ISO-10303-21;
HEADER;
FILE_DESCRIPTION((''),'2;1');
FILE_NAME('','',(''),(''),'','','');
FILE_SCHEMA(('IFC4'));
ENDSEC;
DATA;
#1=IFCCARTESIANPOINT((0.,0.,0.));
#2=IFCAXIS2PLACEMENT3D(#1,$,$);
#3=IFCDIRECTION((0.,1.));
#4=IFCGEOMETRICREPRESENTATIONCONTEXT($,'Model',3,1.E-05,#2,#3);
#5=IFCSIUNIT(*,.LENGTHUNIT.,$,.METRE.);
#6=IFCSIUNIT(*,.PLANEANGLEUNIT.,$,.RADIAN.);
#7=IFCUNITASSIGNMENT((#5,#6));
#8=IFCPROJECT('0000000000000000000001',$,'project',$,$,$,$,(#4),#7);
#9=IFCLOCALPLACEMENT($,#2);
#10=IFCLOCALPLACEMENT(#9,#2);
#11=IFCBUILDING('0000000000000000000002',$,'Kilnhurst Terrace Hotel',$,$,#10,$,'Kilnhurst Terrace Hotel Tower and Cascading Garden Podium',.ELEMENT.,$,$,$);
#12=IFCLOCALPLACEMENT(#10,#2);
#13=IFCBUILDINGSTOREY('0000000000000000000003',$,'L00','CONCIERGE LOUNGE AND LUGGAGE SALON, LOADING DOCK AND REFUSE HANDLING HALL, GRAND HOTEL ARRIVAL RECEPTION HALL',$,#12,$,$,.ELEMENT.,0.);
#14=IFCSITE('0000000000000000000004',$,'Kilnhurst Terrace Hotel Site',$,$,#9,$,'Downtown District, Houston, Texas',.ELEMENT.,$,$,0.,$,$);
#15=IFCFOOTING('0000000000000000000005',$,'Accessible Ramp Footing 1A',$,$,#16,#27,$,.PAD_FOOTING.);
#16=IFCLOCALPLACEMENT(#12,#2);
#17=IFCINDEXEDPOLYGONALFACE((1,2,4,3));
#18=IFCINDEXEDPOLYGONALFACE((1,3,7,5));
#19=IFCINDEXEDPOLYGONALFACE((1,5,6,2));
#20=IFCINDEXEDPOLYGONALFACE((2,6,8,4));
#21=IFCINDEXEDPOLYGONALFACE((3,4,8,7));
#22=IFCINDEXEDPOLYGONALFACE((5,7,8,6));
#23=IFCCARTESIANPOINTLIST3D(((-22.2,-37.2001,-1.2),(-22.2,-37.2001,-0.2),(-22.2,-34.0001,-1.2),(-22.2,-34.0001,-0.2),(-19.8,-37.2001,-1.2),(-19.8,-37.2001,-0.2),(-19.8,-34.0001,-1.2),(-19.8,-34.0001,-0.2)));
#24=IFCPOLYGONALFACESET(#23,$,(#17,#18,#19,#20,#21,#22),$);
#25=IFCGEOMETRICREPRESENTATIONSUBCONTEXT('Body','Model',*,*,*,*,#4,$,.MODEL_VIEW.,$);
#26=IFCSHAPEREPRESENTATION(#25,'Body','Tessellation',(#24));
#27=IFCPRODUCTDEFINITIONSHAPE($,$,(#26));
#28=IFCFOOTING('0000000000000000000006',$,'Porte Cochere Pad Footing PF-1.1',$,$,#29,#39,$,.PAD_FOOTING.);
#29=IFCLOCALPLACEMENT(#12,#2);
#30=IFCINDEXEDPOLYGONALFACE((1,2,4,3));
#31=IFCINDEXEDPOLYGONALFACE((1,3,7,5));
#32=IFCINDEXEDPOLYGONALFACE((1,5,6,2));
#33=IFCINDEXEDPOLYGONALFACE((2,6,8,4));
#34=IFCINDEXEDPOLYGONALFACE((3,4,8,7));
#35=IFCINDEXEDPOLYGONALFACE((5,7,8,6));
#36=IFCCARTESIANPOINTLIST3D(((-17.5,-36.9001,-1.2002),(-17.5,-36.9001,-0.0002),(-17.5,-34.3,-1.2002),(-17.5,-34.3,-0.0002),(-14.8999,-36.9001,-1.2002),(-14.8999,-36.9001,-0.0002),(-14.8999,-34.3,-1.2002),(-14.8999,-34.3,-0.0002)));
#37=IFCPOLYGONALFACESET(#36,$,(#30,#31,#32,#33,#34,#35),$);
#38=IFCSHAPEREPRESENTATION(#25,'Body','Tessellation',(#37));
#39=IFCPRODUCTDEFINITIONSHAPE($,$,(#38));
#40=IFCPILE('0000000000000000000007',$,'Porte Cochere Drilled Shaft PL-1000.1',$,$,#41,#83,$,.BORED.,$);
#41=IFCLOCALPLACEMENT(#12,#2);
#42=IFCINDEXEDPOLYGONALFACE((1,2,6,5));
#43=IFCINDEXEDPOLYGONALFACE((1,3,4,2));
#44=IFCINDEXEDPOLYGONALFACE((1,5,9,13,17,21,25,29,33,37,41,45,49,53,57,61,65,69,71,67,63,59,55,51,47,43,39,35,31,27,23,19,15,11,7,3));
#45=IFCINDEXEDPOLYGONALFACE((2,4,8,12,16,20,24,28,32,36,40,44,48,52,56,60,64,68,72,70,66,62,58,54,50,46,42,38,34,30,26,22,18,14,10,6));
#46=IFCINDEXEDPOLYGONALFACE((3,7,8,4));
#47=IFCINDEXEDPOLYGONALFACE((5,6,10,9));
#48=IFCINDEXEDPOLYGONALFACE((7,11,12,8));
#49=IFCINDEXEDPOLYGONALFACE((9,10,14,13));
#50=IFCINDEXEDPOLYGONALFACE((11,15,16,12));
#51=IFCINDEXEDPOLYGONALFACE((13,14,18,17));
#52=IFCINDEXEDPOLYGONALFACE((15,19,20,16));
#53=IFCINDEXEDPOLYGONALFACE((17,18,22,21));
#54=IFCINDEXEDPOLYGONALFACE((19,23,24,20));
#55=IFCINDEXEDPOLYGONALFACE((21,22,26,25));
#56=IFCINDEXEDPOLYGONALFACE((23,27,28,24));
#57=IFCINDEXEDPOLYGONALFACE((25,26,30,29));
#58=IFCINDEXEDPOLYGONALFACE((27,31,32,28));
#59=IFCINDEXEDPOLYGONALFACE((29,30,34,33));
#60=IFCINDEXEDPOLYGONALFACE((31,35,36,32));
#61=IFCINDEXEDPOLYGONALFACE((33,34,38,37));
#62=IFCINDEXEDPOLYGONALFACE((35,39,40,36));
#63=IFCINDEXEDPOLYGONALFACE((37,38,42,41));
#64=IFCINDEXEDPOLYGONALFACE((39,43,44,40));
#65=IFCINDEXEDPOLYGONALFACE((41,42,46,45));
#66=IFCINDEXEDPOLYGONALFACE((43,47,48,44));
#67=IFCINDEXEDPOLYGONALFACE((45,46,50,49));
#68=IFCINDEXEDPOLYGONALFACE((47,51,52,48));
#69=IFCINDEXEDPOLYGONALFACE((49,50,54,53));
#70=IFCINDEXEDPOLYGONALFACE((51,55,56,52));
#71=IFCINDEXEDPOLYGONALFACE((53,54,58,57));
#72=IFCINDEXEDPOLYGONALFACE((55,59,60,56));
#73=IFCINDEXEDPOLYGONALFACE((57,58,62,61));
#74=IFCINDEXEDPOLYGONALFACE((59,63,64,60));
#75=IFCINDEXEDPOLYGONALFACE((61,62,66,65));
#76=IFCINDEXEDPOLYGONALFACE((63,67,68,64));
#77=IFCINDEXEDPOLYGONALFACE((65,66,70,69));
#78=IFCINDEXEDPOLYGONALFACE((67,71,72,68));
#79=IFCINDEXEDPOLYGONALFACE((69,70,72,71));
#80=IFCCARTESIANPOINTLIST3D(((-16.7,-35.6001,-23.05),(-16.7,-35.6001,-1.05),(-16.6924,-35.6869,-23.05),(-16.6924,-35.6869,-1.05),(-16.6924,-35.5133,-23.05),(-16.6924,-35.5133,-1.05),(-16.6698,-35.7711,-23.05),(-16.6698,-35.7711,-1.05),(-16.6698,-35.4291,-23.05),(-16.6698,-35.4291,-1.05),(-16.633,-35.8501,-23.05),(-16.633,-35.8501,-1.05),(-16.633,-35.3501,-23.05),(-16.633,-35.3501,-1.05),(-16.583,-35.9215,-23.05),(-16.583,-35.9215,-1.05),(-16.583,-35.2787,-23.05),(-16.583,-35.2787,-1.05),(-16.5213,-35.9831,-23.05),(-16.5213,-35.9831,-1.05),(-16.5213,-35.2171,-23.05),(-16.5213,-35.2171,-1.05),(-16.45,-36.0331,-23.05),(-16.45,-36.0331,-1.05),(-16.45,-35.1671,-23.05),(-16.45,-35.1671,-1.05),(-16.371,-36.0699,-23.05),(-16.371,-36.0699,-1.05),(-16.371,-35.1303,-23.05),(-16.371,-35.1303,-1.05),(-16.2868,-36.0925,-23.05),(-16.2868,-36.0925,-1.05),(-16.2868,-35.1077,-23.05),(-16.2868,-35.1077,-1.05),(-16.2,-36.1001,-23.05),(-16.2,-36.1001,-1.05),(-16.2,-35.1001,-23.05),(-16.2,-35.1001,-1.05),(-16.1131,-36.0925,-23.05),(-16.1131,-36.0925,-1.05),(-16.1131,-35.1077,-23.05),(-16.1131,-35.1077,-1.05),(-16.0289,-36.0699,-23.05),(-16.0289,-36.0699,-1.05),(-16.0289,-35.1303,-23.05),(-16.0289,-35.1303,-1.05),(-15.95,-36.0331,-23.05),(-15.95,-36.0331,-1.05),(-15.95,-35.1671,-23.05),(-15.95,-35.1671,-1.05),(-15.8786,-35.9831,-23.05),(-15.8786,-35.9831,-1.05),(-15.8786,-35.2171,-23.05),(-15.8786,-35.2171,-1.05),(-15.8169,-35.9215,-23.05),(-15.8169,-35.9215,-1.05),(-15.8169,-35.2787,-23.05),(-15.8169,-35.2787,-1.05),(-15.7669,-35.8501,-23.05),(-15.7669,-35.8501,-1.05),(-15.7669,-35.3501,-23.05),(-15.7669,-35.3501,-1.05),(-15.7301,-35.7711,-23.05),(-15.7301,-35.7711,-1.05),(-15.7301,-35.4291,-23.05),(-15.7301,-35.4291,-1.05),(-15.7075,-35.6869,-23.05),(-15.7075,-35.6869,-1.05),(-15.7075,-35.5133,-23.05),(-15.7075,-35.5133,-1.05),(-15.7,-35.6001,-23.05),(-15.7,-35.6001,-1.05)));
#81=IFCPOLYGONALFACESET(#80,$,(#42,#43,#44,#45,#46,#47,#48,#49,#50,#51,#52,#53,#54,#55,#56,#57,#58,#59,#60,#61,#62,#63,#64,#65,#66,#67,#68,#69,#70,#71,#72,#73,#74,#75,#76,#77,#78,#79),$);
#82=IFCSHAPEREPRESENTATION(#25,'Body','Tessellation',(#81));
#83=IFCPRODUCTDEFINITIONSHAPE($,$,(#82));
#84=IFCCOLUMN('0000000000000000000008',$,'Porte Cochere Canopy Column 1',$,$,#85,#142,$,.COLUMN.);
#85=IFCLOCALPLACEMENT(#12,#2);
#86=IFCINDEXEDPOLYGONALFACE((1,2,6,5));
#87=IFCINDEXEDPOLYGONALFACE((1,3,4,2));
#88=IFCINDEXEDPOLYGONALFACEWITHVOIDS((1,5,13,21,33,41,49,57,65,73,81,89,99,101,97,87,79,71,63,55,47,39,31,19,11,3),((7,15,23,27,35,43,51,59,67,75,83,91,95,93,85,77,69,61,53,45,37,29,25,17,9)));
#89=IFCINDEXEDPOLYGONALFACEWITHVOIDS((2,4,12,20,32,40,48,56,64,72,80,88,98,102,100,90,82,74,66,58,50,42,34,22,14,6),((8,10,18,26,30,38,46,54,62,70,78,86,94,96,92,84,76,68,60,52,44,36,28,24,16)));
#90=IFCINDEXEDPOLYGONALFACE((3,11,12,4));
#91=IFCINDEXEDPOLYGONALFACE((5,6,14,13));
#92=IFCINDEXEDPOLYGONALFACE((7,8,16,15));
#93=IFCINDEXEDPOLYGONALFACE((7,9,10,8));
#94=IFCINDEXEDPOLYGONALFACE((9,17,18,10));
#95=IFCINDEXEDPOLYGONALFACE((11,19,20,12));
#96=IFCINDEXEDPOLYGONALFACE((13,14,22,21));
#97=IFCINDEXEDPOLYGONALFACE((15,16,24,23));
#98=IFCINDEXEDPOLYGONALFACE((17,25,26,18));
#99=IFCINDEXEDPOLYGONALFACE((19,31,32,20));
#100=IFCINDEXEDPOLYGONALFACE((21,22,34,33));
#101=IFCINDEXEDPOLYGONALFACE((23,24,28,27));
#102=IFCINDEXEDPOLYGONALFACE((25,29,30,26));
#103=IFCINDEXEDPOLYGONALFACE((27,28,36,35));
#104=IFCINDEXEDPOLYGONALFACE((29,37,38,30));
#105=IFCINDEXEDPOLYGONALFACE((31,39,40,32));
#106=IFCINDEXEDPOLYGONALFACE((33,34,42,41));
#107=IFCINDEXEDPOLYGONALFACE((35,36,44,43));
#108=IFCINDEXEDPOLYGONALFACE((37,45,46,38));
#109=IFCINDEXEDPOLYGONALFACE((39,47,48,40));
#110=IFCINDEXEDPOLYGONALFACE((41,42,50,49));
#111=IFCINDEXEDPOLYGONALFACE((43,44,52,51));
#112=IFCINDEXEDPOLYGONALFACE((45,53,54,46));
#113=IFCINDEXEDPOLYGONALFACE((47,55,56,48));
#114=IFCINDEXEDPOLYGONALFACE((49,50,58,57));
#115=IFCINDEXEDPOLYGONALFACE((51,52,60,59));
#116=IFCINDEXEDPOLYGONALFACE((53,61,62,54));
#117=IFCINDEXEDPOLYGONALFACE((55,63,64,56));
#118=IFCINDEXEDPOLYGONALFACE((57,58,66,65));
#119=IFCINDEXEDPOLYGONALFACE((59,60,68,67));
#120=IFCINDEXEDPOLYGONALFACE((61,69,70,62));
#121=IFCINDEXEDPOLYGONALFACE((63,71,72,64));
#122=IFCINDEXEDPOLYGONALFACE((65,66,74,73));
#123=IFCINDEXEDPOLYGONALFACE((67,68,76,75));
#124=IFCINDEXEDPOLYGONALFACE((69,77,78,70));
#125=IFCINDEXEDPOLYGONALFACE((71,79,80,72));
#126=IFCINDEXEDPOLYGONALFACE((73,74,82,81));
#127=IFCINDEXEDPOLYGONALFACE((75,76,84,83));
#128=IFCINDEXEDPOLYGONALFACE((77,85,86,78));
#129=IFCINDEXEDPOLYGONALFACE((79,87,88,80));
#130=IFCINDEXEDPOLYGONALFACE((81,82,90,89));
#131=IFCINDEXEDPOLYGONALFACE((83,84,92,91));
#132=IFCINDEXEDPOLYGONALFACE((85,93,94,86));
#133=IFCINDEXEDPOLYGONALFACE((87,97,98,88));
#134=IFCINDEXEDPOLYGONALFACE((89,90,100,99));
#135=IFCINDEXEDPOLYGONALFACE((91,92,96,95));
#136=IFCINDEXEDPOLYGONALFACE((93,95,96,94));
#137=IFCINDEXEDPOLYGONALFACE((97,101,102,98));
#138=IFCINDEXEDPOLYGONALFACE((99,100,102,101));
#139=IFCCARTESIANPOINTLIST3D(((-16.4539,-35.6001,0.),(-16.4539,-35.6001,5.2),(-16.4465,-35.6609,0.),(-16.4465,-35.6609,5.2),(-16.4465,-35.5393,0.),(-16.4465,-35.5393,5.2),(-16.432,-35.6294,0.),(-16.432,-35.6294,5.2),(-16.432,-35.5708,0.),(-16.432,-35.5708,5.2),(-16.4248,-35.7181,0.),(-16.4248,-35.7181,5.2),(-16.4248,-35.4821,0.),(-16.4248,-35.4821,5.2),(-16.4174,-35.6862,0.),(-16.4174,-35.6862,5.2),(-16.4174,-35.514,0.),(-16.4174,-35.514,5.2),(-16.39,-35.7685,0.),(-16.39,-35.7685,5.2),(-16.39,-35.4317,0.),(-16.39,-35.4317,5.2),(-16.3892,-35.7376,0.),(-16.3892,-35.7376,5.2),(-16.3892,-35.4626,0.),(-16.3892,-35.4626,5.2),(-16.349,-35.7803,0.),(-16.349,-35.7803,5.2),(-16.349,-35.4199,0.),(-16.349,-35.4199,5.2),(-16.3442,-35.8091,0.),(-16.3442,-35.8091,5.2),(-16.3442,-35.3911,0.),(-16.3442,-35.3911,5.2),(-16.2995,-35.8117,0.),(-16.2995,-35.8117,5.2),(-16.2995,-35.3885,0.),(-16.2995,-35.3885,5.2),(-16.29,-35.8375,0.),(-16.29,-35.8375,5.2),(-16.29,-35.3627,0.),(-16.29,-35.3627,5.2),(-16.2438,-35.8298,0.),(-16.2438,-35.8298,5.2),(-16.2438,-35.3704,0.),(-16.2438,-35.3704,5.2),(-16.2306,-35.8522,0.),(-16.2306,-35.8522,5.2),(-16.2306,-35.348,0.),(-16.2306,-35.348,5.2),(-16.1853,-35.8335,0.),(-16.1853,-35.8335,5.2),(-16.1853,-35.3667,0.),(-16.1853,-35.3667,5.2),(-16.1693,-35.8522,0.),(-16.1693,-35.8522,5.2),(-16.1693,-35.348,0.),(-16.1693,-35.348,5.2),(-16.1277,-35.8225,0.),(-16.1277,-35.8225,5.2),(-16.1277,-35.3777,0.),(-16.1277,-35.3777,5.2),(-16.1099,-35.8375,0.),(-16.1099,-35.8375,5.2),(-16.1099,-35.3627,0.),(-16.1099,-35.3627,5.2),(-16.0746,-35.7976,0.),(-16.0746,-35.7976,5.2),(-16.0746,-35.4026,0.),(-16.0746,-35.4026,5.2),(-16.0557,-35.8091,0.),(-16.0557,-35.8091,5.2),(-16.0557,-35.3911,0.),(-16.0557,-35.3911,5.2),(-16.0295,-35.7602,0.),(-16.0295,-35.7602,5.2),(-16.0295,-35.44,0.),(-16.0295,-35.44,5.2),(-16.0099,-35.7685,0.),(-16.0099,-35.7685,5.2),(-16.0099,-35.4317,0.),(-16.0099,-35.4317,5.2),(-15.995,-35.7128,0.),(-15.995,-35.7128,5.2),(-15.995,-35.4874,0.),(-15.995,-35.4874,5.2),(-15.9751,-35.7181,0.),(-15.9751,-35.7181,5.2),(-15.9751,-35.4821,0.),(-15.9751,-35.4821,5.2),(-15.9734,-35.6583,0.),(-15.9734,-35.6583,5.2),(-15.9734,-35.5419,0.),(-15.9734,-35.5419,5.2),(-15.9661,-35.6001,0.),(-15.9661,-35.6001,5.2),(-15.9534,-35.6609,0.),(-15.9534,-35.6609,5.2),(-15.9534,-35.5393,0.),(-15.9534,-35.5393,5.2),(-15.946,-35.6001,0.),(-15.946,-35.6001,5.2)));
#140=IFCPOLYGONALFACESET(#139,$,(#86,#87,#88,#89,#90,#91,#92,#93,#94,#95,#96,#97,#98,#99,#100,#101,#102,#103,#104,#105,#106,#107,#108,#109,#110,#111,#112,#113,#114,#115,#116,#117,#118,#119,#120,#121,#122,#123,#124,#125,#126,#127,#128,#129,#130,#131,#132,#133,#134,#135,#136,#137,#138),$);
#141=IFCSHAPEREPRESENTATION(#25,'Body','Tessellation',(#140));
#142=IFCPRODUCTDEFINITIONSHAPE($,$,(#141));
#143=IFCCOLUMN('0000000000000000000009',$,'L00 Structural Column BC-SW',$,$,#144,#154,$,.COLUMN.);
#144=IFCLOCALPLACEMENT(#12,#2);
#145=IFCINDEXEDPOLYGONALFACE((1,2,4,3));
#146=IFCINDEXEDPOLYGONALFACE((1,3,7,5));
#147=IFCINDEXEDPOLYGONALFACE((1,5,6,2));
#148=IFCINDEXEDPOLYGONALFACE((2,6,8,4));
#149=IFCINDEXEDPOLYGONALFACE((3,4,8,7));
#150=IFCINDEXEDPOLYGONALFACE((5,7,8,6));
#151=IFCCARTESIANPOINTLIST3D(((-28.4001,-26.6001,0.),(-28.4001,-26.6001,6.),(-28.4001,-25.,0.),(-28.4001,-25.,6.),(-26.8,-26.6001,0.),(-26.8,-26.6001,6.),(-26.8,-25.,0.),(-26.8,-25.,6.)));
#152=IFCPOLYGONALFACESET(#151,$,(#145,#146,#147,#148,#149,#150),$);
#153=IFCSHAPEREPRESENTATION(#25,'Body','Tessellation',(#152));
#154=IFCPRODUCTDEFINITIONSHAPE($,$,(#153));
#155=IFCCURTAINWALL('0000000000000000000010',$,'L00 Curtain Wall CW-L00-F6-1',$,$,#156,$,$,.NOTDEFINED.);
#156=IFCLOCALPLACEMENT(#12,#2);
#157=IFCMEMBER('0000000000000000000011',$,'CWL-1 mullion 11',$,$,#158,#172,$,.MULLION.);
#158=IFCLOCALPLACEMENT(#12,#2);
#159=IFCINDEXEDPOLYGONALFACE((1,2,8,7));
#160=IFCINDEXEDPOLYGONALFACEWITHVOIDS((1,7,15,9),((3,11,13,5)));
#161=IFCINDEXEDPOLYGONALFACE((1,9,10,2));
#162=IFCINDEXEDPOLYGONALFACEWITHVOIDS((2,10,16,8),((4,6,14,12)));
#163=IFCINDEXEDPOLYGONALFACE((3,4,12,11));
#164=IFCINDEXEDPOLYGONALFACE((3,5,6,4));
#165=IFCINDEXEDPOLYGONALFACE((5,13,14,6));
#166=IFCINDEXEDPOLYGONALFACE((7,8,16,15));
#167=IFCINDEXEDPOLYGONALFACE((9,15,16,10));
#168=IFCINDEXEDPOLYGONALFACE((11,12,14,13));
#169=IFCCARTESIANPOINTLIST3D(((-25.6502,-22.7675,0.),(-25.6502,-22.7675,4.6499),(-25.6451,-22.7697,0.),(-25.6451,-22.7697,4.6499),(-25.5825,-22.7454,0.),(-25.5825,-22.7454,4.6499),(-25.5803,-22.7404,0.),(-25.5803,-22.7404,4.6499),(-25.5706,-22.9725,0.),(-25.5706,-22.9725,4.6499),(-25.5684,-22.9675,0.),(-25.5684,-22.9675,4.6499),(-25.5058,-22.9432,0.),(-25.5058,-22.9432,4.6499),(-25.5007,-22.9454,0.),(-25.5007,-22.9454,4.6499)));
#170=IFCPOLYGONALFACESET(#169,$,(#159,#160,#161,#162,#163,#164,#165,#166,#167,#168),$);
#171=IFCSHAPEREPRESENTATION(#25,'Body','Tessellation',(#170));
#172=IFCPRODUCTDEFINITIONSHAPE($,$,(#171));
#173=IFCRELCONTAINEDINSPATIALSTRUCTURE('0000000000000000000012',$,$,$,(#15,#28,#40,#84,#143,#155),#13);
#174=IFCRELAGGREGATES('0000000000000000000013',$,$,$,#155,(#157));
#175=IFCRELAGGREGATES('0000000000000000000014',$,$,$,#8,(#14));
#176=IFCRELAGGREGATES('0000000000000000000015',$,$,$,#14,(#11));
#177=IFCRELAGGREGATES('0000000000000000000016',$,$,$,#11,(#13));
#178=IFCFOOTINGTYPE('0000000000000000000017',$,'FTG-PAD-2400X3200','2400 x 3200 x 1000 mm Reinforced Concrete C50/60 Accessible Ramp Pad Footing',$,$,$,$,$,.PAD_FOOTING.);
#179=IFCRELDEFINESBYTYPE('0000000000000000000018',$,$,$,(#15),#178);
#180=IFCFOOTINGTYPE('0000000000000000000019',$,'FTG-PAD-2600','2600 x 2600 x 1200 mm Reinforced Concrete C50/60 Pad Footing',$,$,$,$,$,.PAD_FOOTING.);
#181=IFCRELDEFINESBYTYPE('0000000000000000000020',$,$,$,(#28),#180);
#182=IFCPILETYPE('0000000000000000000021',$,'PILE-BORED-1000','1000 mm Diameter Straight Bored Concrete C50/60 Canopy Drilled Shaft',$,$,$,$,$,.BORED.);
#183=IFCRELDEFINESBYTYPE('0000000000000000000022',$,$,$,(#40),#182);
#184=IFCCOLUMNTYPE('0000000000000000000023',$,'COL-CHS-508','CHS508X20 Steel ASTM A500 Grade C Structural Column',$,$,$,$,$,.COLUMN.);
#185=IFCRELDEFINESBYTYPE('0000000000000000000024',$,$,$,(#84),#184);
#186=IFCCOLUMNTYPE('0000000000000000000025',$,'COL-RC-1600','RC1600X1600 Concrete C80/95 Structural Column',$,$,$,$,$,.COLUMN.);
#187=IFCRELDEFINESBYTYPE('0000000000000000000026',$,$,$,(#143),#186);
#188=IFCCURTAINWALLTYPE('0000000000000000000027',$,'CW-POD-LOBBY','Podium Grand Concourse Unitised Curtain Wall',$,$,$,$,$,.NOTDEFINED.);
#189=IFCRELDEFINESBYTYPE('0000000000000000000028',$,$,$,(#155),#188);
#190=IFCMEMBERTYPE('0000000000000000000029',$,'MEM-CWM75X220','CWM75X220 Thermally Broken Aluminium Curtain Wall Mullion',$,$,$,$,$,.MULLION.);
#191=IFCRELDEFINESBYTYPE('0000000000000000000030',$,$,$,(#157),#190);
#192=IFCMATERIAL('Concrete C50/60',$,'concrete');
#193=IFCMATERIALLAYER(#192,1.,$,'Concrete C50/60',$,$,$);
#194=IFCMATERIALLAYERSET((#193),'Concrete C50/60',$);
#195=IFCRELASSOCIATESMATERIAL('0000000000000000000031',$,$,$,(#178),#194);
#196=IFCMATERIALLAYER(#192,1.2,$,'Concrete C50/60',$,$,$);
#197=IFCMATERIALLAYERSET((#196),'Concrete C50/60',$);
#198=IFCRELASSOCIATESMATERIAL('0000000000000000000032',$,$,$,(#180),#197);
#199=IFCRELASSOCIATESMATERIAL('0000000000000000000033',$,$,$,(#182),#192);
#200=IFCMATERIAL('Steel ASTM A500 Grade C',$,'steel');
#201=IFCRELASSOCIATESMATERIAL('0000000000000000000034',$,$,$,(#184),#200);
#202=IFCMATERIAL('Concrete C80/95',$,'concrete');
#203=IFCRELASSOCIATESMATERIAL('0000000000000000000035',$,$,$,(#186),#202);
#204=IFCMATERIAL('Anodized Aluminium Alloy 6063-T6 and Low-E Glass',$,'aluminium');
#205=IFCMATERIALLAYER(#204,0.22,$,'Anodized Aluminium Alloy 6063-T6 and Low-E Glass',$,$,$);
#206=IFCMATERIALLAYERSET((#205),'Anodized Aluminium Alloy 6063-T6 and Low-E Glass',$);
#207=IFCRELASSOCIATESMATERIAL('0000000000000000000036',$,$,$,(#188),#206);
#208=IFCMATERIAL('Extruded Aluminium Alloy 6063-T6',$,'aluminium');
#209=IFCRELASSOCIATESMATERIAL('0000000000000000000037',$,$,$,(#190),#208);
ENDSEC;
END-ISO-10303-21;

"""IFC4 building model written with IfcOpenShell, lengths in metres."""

from ifc_helpers import new_model, si_unit, direction, frame, origin, origin_2d, place, context, subcontext, project, spatial, rectangle, hollow_rectangle, circle, hollow_circle, extrude, material, layer, layer_set, material_profile, profile_set, type_object, element, aggregate, save


model = new_model("IFC4")

# Units and contexts
model_context = context("Model", 3, precision=1e-05, world=origin(), true_north=direction((0.0, 1.0)))
body_context = subcontext(model_context, "Body", "Model", "MODEL_VIEW")
ifc_project = project(units=[si_unit("LENGTHUNIT", "METRE"), si_unit("PLANEANGLEUNIT", "RADIAN")], contexts=[model_context])

# Site, building, storey
site_placement = place(None, origin())
site = spatial("IfcSite", under=ifc_project, at=site_placement, Name="Kilnhurst Terrace Hotel Site", LongName="Downtown District, Houston, Texas", CompositionType="ELEMENT", RefElevation=0.0)
building_placement = place(site_placement, origin())
building = spatial("IfcBuilding", under=site, at=building_placement, Name="Kilnhurst Terrace Hotel", LongName="Kilnhurst Terrace Hotel Tower and Cascading Garden Podium", CompositionType="ELEMENT")
storey_placement = place(building_placement, origin())
storey = spatial("IfcBuildingStorey", under=building, at=storey_placement, Name="L00", Description="CONCIERGE LOUNGE AND LUGGAGE SALON, LOADING DOCK AND REFUSE HANDLING HALL, GRAND HOTEL ARRIVAL RECEPTION HALL", CompositionType="ELEMENT", Elevation=0.0)

# Footings
ifc_material_1 = material(Name="Concrete C50/60", Category="concrete")
ifc_layer_1 = layer(ifc_material_1, 1.0, Name="Concrete C50/60")
ifc_layer_set_1 = layer_set([ifc_layer_1], Name="Concrete C50/60")
footing_type_1 = type_object("IfcFootingType", Name="FTG-PAD-2400X3200", Description="2400 x 3200 x 1000 mm Reinforced Concrete C50/60 Accessible Ramp Pad Footing", PredefinedType="PAD_FOOTING", material=ifc_layer_set_1)
footing_1_placement = place(storey_placement, frame((-21.0, -35.6001, -1.2), z_axis=(0.0, 0.0, 1.0), x_axis=(1.0, 0.0, 0.0)))
element("IfcFooting", 1, at=footing_1_placement, inside=storey, type_object=footing_type_1, Name="Accessible Ramp Footing 1A", PredefinedType="PAD_FOOTING", context=body_context, shape_type="SweptSolid", body=[
    extrude(rectangle(XDim=2.3999, YDim=3.2, at=origin_2d()), origin(), (0.0, 0.0, 1.0), 1.0),
])
ifc_layer_2 = layer(ifc_material_1, 1.2, Name="Concrete C50/60")
ifc_layer_set_2 = layer_set([ifc_layer_2], Name="Concrete C50/60")
footing_type_2 = type_object("IfcFootingType", Name="FTG-PAD-2600", Description="2600 x 2600 x 1200 mm Reinforced Concrete C50/60 Pad Footing", PredefinedType="PAD_FOOTING", material=ifc_layer_set_2)
footing_2_placement = place(storey_placement, frame((-16.2, -35.6001, -1.2002), z_axis=(0.0, 0.0, 1.0), x_axis=(1.0, 0.0, 0.0)))
element("IfcFooting", 2, at=footing_2_placement, inside=storey, type_object=footing_type_2, Name="Porte Cochere Pad Footing PF-1.1", PredefinedType="PAD_FOOTING", context=body_context, shape_type="SweptSolid", body=[
    extrude(rectangle(XDim=2.6001, YDim=2.6001, at=origin_2d()), origin(), (0.0, 0.0, 1.0), 1.2),
])

# Pile
ifc_material_profile_1 = material_profile(ifc_material_1, circle(Radius=0.5, at=origin_2d()), Name="PILE1000")
ifc_profile_set_1 = profile_set([ifc_material_profile_1], Name="Concrete C50/60")
pile_type = type_object("IfcPileType", Name="PILE-BORED-1000", Description="1000 mm Diameter Straight Bored Concrete C50/60 Canopy Drilled Shaft", PredefinedType="BORED", material=ifc_profile_set_1)
pile_placement = place(storey_placement, frame((-16.2, -35.6001, -1.05), z_axis=(0.0, 0.0, -1.0), x_axis=(1.0, 0.0, 0.0)))
element("IfcPile", 3, at=pile_placement, inside=storey, type_object=pile_type, Name="Porte Cochere Drilled Shaft PL-1000.1", PredefinedType="BORED", context=body_context, shape_type="SweptSolid", body=[
    extrude(circle(Radius=0.5, at=origin_2d()), origin(), (0.0, 0.0, 1.0), 22.0),
])

# Columns
ifc_material_2 = material(Name="Steel ASTM A500 Grade C", Category="steel")
ifc_material_profile_2 = material_profile(ifc_material_2, hollow_circle(Radius=0.2539, WallThickness=0.02, at=origin_2d()), Name="CHS508X20")
ifc_profile_set_2 = profile_set([ifc_material_profile_2], Name="Steel ASTM A500 Grade C")
column_type_1 = type_object("IfcColumnType", Name="COL-CHS-508", Description="CHS508X20 Steel ASTM A500 Grade C Structural Column", PredefinedType="COLUMN", material=ifc_profile_set_2)
column_1_placement = place(storey_placement, frame((-16.2, -35.6001, 0.0), z_axis=(0.0, 0.0, 1.0), x_axis=(1.0, 0.0, 0.0)))
element("IfcColumn", 4, at=column_1_placement, inside=storey, type_object=column_type_1, Name="Porte Cochere Canopy Column 1", PredefinedType="COLUMN", context=body_context, shape_type="SweptSolid", body=[
    extrude(hollow_circle(Radius=0.2539, WallThickness=0.02, at=origin_2d()), origin(), (0.0, 0.0, 1.0), 5.2),
])
ifc_material_3 = material(Name="Concrete C80/95", Category="concrete")
ifc_material_profile_3 = material_profile(ifc_material_3, rectangle(XDim=1.6001, YDim=1.6001, at=origin_2d()), Name="RC1600X1600")
ifc_profile_set_3 = profile_set([ifc_material_profile_3], Name="Concrete C80/95")
column_type_2 = type_object("IfcColumnType", Name="COL-RC-1600", Description="RC1600X1600 Concrete C80/95 Structural Column", PredefinedType="COLUMN", material=ifc_profile_set_3)
column_2_placement = place(storey_placement, frame((-27.6001, -25.8, 0.0), z_axis=(0.0, 0.0, 1.0), x_axis=(1.0, 0.0, 0.0)))
element("IfcColumn", 5, at=column_2_placement, inside=storey, type_object=column_type_2, Name="L00 Structural Column BC-SW", PredefinedType="COLUMN", context=body_context, shape_type="SweptSolid", body=[
    extrude(rectangle(XDim=1.6001, YDim=1.6001, at=origin_2d()), origin(), (0.0, 0.0, 1.0), 6.0),
])

# Curtain wall, member
ifc_material_4 = material(Name="Anodized Aluminium Alloy 6063-T6 and Low-E Glass", Category="aluminium")
ifc_layer_3 = layer(ifc_material_4, 0.22, Name="Anodized Aluminium Alloy 6063-T6 and Low-E Glass")
ifc_layer_set_3 = layer_set([ifc_layer_3], Name="Anodized Aluminium Alloy 6063-T6 and Low-E Glass")
curtain_wall_type = type_object("IfcCurtainWallType", Name="CW-POD-LOBBY", Description="Podium Grand Concourse Unitised Curtain Wall", PredefinedType="NOTDEFINED", material=ifc_layer_set_3)
curtain_wall_placement = place(storey_placement, origin())
curtain_wall = element("IfcCurtainWall", 6, at=curtain_wall_placement, inside=storey, type_object=curtain_wall_type, Name="L00 Curtain Wall CW-L00-F6-1", PredefinedType="NOTDEFINED")
ifc_material_5 = material(Name="Extruded Aluminium Alloy 6063-T6", Category="aluminium")
ifc_material_profile_4 = material_profile(ifc_material_5, hollow_rectangle(XDim=0.075, YDim=0.22, WallThickness=0.0039, at=origin_2d()), Name="CWM75X220")
ifc_profile_set_4 = profile_set([ifc_material_profile_4], Name="Extruded Aluminium Alloy 6063-T6")
member_type_1 = type_object("IfcMemberType", Name="MEM-CWM75X220", Description="CWM75X220 Thermally Broken Aluminium Curtain Wall Mullion", PredefinedType="MULLION", material=ifc_profile_set_4)
member_1_placement = place(storey_placement, frame((-25.5754, -22.8564, 0.0), z_axis=(0.0, 0.0, 1.0), x_axis=(0.932318, 0.361639, 0.0)))
member_1 = element("IfcMember", 7, at=member_1_placement, type_object=member_type_1, Name="CWL-1 mullion 11", PredefinedType="MULLION", context=body_context, shape_type="SweptSolid", body=[
    extrude(hollow_rectangle(XDim=0.075, YDim=0.22, WallThickness=0.0039, at=origin_2d()), origin(), (0.0, 0.0, 1.0), 4.6499),
])

aggregate(curtain_wall, [member_1])

save(model, "model.ifc")
